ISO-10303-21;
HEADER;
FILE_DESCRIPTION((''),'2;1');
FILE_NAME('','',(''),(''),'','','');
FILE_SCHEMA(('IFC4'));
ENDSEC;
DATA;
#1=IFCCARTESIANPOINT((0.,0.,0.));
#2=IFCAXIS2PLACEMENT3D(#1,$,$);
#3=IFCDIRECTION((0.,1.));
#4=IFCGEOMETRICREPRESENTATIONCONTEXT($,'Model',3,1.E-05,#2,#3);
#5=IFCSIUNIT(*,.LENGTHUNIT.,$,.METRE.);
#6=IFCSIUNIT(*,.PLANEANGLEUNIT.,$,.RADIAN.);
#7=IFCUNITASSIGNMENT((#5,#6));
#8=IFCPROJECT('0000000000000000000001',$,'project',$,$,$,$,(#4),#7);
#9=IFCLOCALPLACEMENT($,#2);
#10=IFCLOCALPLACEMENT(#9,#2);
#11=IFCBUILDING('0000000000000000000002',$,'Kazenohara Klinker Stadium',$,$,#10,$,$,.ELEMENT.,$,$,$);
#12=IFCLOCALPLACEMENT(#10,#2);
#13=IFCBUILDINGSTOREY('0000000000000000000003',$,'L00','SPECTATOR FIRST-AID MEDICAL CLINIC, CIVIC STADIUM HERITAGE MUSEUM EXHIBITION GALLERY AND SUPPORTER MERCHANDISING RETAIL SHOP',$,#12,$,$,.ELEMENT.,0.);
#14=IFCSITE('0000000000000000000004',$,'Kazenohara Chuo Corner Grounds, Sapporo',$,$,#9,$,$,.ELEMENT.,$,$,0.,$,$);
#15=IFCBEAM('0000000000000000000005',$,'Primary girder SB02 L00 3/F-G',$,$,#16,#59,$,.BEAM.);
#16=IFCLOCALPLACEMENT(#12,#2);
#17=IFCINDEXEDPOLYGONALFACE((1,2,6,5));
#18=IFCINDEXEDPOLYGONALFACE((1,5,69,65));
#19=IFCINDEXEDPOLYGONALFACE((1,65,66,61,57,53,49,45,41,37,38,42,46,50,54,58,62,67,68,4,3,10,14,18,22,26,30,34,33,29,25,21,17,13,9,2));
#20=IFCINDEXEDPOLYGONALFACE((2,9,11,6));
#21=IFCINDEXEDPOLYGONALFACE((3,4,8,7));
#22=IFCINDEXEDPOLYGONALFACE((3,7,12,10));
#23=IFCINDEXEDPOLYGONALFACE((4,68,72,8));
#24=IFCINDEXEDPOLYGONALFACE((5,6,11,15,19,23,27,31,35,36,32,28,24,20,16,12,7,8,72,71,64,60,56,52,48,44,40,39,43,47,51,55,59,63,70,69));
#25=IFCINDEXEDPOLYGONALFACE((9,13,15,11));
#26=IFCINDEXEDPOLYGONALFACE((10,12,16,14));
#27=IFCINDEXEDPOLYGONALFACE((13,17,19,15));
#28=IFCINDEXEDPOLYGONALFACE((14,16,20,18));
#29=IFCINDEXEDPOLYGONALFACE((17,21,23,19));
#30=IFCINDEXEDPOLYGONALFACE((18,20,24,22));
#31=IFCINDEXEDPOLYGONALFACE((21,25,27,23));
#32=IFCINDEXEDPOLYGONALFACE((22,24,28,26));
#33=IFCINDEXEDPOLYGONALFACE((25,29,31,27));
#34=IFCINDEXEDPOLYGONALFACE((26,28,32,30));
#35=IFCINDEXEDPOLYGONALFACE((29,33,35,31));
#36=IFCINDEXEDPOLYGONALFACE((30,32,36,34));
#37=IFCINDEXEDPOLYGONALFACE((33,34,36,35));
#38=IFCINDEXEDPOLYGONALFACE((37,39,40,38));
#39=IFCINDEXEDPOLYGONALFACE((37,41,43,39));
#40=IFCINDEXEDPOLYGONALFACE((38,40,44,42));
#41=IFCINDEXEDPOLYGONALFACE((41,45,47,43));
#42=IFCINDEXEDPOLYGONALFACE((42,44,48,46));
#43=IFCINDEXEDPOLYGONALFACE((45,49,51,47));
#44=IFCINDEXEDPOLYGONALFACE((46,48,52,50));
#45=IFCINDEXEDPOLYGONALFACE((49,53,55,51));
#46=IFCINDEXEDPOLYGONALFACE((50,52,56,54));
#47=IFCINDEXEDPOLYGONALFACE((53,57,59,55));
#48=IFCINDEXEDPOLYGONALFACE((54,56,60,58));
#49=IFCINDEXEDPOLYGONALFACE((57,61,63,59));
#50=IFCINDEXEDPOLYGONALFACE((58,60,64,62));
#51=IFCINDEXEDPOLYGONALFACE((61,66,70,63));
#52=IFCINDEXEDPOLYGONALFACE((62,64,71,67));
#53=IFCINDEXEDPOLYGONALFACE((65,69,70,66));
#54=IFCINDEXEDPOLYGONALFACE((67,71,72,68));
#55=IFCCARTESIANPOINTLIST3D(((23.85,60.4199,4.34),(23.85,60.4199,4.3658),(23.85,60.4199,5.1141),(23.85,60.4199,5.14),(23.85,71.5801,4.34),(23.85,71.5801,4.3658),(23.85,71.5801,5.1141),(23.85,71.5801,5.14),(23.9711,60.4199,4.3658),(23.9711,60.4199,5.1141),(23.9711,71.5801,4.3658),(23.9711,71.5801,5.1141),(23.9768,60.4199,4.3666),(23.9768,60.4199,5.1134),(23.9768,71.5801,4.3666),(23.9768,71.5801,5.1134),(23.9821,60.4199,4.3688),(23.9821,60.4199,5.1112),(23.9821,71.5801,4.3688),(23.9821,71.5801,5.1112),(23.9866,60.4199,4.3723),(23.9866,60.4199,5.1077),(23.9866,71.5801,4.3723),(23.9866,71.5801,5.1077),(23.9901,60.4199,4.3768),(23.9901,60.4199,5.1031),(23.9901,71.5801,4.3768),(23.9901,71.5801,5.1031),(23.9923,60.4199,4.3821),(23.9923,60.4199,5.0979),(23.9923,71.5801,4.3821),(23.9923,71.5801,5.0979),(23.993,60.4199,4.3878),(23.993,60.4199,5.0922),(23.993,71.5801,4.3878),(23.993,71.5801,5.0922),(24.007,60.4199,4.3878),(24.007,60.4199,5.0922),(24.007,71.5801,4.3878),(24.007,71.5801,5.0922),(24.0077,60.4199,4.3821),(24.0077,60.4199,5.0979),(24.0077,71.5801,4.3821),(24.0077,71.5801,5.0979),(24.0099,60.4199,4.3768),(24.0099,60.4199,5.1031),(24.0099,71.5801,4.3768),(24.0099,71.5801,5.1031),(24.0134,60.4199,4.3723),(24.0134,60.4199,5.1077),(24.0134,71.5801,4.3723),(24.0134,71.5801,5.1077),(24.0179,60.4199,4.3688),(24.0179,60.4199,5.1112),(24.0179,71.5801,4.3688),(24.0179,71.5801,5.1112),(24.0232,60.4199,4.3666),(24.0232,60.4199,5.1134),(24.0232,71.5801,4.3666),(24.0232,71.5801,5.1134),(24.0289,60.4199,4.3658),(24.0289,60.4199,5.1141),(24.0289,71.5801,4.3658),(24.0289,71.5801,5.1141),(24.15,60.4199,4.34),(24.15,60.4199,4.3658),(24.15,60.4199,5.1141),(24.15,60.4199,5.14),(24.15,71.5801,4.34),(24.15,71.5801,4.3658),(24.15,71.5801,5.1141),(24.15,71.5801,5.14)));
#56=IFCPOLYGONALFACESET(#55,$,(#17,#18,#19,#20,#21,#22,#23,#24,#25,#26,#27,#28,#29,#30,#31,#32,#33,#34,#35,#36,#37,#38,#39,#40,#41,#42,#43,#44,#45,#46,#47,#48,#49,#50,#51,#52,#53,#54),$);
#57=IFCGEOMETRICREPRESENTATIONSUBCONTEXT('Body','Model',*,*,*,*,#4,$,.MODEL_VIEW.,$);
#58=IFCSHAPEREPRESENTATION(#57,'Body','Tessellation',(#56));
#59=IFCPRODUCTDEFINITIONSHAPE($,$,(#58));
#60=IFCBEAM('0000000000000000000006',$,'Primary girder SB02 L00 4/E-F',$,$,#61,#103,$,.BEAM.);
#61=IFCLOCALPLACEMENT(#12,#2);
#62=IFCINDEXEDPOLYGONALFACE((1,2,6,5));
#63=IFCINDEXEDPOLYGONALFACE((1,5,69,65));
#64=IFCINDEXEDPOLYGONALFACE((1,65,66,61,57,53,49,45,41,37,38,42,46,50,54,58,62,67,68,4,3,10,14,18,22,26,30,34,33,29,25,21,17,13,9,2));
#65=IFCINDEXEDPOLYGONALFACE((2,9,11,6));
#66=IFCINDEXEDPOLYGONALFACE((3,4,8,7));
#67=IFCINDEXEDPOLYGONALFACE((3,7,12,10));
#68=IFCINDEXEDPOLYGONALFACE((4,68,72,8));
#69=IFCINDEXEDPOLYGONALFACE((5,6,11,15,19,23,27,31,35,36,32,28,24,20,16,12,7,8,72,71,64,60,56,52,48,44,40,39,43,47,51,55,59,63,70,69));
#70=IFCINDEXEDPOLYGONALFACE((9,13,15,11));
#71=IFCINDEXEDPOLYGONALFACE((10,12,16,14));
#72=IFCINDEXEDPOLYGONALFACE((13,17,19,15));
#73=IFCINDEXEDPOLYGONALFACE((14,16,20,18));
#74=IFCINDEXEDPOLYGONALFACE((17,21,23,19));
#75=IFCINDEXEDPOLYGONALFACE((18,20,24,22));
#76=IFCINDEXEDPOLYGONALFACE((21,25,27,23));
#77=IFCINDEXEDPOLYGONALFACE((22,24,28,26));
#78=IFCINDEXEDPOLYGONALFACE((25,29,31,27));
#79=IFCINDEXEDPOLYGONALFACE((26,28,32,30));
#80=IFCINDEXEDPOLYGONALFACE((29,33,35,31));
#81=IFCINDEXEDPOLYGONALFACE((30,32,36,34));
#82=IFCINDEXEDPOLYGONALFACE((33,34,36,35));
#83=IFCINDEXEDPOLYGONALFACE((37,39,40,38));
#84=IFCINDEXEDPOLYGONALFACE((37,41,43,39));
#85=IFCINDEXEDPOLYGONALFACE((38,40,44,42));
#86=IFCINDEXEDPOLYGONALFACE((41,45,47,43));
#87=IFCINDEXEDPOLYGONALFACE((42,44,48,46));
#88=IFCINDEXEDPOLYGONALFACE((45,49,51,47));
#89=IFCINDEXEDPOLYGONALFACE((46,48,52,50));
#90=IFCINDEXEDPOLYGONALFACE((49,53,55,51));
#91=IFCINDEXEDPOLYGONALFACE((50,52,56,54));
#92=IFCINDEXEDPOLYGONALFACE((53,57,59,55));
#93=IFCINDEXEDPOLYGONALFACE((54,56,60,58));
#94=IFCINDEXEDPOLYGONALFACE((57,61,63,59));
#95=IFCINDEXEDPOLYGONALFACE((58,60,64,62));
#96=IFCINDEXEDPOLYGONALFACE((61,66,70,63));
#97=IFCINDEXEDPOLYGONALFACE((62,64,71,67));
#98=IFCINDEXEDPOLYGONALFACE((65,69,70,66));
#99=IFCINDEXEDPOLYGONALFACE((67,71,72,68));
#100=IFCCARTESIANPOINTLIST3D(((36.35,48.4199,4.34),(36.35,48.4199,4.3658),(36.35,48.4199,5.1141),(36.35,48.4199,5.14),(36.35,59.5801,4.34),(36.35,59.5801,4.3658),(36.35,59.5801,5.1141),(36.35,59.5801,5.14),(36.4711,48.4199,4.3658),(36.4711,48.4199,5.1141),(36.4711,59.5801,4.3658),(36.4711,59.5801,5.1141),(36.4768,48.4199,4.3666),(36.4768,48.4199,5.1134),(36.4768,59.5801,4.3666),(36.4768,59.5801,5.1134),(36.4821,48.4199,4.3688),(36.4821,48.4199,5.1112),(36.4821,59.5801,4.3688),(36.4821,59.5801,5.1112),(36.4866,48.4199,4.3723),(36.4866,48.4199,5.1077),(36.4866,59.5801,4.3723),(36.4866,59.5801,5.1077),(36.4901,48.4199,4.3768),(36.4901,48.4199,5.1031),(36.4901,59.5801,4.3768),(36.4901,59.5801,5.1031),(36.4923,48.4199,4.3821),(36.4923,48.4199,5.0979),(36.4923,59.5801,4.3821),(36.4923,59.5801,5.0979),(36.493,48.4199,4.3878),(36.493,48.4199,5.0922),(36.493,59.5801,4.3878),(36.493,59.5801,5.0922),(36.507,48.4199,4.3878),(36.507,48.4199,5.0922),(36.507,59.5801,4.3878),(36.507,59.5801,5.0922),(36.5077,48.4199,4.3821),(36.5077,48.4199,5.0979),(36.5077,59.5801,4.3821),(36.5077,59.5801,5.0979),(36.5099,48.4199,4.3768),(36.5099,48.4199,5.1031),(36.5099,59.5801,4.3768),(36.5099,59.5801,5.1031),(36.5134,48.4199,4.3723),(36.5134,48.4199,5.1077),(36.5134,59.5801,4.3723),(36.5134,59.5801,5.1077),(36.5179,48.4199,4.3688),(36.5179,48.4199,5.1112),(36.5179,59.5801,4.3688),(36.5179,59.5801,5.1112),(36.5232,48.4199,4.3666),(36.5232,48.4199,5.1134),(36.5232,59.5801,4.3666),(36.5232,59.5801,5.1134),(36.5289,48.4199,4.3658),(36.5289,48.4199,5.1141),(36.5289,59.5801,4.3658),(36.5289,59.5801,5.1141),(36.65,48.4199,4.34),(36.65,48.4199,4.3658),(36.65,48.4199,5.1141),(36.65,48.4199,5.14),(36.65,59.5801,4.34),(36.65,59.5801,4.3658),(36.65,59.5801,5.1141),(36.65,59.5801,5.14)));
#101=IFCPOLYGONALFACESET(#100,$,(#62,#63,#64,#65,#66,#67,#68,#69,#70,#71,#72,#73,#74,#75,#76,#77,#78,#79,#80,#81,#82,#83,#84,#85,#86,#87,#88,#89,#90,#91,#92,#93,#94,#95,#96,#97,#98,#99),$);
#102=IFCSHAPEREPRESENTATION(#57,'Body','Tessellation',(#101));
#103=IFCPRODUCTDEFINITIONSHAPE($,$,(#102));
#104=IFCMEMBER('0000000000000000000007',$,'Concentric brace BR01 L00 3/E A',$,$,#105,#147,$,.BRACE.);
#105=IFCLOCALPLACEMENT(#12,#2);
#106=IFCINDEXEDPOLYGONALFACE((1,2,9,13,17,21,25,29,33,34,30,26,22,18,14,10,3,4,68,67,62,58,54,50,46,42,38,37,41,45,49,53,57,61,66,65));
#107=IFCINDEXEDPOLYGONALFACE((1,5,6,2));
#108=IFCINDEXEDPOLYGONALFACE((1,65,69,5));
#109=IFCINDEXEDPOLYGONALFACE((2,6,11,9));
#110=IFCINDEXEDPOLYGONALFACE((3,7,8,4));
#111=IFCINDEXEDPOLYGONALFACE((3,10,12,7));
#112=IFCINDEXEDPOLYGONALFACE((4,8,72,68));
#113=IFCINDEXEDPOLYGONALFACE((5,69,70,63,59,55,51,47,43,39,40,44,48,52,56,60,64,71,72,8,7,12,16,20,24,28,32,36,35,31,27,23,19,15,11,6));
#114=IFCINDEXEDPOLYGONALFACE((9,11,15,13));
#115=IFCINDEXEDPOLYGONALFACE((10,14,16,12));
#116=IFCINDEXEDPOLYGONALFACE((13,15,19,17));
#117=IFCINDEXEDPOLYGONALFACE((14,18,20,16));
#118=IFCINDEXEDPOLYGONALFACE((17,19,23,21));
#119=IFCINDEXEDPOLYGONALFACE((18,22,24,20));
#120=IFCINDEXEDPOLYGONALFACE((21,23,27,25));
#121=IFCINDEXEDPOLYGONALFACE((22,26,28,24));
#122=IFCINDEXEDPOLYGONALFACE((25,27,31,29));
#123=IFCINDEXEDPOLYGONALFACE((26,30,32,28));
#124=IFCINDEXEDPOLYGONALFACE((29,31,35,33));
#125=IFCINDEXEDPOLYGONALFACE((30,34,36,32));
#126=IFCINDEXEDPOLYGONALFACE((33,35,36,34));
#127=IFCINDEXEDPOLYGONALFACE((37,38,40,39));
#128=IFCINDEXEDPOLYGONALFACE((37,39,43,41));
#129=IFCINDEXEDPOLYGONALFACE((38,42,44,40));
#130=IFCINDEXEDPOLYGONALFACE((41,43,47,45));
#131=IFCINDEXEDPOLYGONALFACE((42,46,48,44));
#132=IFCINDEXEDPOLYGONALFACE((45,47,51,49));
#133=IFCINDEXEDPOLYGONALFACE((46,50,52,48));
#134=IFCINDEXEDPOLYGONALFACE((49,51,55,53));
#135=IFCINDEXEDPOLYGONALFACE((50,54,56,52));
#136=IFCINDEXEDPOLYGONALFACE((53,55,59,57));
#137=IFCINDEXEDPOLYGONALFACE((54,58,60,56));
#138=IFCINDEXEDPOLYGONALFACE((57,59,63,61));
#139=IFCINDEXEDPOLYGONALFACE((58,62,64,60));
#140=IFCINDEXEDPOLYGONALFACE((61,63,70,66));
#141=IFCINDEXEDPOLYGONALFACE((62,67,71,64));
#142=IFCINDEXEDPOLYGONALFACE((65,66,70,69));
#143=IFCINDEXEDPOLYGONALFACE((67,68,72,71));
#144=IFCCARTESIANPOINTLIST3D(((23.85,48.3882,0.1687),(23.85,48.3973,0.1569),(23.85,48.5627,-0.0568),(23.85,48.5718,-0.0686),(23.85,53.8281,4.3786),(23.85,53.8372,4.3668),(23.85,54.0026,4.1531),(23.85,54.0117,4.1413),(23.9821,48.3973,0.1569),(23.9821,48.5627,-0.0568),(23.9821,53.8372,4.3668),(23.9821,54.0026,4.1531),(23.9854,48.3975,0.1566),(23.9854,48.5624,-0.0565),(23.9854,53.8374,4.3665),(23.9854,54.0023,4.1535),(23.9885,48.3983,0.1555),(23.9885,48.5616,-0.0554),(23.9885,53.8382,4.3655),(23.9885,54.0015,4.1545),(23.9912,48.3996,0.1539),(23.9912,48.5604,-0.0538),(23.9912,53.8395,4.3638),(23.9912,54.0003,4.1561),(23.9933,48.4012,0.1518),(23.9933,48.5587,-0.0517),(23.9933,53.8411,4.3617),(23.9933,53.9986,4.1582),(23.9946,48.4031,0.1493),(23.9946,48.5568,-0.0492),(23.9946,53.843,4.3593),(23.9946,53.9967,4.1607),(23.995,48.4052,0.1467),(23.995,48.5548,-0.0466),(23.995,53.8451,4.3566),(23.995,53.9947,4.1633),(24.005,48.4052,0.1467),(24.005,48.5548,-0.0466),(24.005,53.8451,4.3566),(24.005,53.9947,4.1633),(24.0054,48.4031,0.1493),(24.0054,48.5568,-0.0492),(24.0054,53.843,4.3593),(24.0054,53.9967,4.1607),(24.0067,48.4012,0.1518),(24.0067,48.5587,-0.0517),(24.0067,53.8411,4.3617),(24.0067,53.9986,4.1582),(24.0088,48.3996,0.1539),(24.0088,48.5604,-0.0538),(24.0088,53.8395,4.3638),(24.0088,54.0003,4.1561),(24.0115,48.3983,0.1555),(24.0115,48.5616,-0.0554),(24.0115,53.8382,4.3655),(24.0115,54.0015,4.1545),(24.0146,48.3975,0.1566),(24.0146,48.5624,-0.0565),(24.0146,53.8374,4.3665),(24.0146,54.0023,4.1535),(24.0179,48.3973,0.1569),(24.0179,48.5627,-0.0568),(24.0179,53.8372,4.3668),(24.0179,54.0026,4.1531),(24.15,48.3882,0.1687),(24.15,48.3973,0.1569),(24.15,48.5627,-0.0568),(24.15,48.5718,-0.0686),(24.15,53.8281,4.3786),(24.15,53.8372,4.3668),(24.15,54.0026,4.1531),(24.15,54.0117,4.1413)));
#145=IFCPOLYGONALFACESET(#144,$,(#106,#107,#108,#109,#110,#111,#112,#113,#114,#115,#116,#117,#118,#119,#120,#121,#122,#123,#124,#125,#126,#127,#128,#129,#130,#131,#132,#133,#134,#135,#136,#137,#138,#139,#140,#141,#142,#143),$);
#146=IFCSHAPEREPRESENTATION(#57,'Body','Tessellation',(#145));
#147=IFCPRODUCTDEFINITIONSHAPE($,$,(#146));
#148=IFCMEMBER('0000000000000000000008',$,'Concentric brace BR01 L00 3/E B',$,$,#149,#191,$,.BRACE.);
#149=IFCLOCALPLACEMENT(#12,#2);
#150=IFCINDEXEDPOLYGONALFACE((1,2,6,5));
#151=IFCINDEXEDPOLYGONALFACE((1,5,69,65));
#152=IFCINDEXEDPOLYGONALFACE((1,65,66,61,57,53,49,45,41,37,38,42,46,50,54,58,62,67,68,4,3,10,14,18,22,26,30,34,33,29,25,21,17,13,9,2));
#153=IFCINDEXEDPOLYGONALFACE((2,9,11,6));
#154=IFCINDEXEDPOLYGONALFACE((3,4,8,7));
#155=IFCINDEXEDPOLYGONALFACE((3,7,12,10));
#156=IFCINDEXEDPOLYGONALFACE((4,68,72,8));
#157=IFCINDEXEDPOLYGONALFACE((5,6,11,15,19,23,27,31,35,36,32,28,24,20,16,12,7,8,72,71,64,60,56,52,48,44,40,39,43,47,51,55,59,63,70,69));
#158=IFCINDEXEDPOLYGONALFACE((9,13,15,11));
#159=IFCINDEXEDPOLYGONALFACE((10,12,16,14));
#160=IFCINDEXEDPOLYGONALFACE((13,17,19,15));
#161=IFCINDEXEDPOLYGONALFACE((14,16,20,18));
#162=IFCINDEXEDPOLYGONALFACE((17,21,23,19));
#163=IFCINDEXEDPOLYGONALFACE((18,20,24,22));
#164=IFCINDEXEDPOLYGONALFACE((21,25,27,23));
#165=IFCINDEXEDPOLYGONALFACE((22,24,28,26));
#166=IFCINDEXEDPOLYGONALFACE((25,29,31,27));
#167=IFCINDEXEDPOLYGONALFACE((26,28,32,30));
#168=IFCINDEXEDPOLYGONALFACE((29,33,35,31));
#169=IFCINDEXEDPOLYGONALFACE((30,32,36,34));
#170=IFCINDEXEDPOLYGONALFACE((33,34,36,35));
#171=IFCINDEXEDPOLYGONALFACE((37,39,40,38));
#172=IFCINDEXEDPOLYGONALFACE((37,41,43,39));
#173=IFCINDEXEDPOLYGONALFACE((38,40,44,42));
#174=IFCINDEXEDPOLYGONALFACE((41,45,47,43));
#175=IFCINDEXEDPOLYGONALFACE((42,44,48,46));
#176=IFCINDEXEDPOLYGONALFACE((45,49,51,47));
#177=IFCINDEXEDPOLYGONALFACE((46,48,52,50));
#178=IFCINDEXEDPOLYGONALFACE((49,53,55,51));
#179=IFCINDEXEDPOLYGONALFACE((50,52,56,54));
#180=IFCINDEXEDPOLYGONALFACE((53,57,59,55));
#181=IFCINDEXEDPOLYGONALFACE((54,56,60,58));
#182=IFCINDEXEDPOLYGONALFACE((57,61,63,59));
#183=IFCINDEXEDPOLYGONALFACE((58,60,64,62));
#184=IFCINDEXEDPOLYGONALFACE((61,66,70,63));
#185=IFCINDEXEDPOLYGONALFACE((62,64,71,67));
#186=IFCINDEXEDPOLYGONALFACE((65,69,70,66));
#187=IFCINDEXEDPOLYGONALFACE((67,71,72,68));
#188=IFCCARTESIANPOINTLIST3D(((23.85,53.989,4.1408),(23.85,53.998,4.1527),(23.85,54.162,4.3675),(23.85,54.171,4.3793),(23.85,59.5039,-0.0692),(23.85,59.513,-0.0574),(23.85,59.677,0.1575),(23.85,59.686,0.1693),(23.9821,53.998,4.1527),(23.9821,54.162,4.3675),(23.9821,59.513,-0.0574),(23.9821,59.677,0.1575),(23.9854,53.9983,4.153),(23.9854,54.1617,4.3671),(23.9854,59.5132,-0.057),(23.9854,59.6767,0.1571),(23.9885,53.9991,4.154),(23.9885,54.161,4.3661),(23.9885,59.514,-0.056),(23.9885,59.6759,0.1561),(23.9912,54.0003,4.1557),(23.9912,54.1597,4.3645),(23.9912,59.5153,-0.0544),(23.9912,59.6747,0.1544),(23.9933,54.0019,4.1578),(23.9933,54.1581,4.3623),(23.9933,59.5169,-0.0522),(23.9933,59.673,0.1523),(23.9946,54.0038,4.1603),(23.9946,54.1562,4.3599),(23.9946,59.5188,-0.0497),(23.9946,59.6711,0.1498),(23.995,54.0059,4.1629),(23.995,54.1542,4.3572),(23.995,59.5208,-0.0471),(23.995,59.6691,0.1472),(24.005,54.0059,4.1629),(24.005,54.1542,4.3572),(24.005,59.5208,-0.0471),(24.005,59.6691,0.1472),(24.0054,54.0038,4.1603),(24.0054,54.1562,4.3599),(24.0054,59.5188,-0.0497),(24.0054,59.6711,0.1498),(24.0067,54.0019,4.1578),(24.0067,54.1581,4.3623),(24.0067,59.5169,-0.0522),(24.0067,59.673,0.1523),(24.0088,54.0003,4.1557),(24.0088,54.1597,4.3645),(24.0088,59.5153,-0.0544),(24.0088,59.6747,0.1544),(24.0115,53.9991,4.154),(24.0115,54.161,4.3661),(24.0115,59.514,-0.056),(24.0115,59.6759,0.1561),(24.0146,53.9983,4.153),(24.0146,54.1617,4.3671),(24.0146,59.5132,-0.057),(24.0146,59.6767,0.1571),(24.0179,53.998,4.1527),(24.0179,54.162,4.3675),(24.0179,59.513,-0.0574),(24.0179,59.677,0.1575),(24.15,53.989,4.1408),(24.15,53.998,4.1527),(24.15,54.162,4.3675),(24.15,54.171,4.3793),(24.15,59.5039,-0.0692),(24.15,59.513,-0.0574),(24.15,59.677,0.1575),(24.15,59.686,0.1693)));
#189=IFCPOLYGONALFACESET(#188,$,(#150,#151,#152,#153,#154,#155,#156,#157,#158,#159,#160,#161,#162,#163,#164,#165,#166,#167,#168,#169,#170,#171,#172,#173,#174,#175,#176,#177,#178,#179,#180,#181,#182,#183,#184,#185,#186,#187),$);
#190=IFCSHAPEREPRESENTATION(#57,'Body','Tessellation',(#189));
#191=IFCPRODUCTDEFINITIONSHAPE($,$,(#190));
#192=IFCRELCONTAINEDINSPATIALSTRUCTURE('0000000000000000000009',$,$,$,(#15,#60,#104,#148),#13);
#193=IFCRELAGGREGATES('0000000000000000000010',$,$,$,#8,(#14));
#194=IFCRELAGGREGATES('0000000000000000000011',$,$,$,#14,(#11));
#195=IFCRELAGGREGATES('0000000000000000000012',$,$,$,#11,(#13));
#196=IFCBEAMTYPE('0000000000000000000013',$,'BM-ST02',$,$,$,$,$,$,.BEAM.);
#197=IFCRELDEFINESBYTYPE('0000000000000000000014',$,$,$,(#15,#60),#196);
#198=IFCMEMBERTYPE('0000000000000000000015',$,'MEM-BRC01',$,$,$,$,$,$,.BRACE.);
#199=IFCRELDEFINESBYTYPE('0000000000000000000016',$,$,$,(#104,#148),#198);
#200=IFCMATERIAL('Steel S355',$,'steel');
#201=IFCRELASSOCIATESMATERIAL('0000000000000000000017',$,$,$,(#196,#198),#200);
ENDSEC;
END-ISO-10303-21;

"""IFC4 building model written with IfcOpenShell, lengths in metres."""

from ifc_helpers import new_model, si_unit, direction, frame, origin, origin_2d, place, context, subcontext, project, spatial, i_section, extrude, material, material_profile, profile_set, type_object, element, save


model = new_model("IFC4")

# Units and contexts
model_context = context("Model", 3, precision=1e-05, world=origin(), true_north=direction((0.0, 1.0)))
body_context = subcontext(model_context, "Body", "Model", "MODEL_VIEW")
ifc_project = project(units=[si_unit("LENGTHUNIT", "METRE"), si_unit("PLANEANGLEUNIT", "RADIAN")], contexts=[model_context])

# Site, building, storey
site_placement = place(None, origin())
site = spatial("IfcSite", under=ifc_project, at=site_placement, Name="Kazenohara Chuo Corner Grounds, Sapporo", CompositionType="ELEMENT", RefElevation=0.0)
building_placement = place(site_placement, origin())
building = spatial("IfcBuilding", under=site, at=building_placement, Name="Kazenohara Klinker Stadium", CompositionType="ELEMENT")
storey_placement = place(building_placement, origin())
storey = spatial("IfcBuildingStorey", under=building, at=storey_placement, Name="L00", Description="SPECTATOR FIRST-AID MEDICAL CLINIC, CIVIC STADIUM HERITAGE MUSEUM EXHIBITION GALLERY AND SUPPORTER MERCHANDISING RETAIL SHOP", CompositionType="ELEMENT", Elevation=0.0)

# Beams
ifc_material_1 = material(Name="Steel S355", Category="steel")
ifc_material_profile_1 = material_profile(ifc_material_1, i_section(OverallWidth=0.3, OverallDepth=0.8, WebThickness=0.0139, FlangeThickness=0.0259, FilletRadius=0.022, at=origin_2d()), Name="H-800x300x14x26")
ifc_profile_set_1 = profile_set([ifc_material_profile_1], Name="Steel S355")
beam_type_1 = type_object("IfcBeamType", Name="BM-ST02", PredefinedType="BEAM", material=ifc_profile_set_1)
for number, where, z_axis, x_axis, name in (
    (1, (24.0, 60.4199, 4.74), (0.0, 1.0, 0.0), (-1.0, 0.0, 0.0), "Primary girder SB02 L00 3/F-G"),
    (2, (36.5, 48.4199, 4.74), (0.0, 1.0, 0.0), (-1.0, 0.0, 0.0), "Primary girder SB02 L00 4/E-F"),
):
    element("IfcBeam", number, at=place(storey_placement, frame(where, z_axis=z_axis, x_axis=x_axis)), inside=storey, type_object=beam_type_1, Name=name, PredefinedType="BEAM", context=body_context, shape_type="SweptSolid", body=[
        extrude(i_section(OverallWidth=0.3, OverallDepth=0.8, WebThickness=0.0139, FlangeThickness=0.0259, FilletRadius=0.022, at=origin_2d()), origin(), (0.0, 0.0, 1.0), 11.1602),
    ])

# Members
ifc_material_profile_2 = material_profile(ifc_material_1, i_section(OverallWidth=0.3, OverallDepth=0.3, WebThickness=0.01, FlangeThickness=0.0149, FilletRadius=0.0129, at=origin_2d()), Name="H-300x300x10x15")
ifc_profile_set_2 = profile_set([ifc_material_profile_2], Name="Steel S355")
member_type = type_object("IfcMemberType", Name="MEM-BRC01", PredefinedType="BRACE", material=ifc_profile_set_2)
member_1_placement = place(storey_placement, frame((24.0, 48.48, 0.05), z_axis=(0.0, 0.790837, 0.612027), x_axis=(-1.0, 0.0, 0.0)))
element("IfcMember", 3, at=member_1_placement, inside=storey, type_object=member_type, Name="Concentric brace BR01 L00 3/E A", PredefinedType="BRACE", context=body_context, shape_type="SweptSolid", body=[
    extrude(i_section(OverallWidth=0.3, OverallDepth=0.3, WebThickness=0.01, FlangeThickness=0.0149, FilletRadius=0.0129, at=origin_2d()), origin(), (0.0, 0.0, 1.0), 6.8787),
])
member_2_placement = place(storey_placement, frame((24.0, 59.595, 0.05), z_axis=(0.0, -0.794866, 0.606785), x_axis=(1.0, 0.0, 0.0)))
element("IfcMember", 4, at=member_2_placement, inside=storey, type_object=member_type, Name="Concentric brace BR01 L00 3/E B", PredefinedType="BRACE", context=body_context, shape_type="SweptSolid", body=[
    extrude(i_section(OverallWidth=0.3, OverallDepth=0.3, WebThickness=0.01, FlangeThickness=0.0149, FilletRadius=0.0129, at=origin_2d()), origin(), (0.0, 0.0, 1.0), 6.9382),
])

save(model, "model.ifc")
